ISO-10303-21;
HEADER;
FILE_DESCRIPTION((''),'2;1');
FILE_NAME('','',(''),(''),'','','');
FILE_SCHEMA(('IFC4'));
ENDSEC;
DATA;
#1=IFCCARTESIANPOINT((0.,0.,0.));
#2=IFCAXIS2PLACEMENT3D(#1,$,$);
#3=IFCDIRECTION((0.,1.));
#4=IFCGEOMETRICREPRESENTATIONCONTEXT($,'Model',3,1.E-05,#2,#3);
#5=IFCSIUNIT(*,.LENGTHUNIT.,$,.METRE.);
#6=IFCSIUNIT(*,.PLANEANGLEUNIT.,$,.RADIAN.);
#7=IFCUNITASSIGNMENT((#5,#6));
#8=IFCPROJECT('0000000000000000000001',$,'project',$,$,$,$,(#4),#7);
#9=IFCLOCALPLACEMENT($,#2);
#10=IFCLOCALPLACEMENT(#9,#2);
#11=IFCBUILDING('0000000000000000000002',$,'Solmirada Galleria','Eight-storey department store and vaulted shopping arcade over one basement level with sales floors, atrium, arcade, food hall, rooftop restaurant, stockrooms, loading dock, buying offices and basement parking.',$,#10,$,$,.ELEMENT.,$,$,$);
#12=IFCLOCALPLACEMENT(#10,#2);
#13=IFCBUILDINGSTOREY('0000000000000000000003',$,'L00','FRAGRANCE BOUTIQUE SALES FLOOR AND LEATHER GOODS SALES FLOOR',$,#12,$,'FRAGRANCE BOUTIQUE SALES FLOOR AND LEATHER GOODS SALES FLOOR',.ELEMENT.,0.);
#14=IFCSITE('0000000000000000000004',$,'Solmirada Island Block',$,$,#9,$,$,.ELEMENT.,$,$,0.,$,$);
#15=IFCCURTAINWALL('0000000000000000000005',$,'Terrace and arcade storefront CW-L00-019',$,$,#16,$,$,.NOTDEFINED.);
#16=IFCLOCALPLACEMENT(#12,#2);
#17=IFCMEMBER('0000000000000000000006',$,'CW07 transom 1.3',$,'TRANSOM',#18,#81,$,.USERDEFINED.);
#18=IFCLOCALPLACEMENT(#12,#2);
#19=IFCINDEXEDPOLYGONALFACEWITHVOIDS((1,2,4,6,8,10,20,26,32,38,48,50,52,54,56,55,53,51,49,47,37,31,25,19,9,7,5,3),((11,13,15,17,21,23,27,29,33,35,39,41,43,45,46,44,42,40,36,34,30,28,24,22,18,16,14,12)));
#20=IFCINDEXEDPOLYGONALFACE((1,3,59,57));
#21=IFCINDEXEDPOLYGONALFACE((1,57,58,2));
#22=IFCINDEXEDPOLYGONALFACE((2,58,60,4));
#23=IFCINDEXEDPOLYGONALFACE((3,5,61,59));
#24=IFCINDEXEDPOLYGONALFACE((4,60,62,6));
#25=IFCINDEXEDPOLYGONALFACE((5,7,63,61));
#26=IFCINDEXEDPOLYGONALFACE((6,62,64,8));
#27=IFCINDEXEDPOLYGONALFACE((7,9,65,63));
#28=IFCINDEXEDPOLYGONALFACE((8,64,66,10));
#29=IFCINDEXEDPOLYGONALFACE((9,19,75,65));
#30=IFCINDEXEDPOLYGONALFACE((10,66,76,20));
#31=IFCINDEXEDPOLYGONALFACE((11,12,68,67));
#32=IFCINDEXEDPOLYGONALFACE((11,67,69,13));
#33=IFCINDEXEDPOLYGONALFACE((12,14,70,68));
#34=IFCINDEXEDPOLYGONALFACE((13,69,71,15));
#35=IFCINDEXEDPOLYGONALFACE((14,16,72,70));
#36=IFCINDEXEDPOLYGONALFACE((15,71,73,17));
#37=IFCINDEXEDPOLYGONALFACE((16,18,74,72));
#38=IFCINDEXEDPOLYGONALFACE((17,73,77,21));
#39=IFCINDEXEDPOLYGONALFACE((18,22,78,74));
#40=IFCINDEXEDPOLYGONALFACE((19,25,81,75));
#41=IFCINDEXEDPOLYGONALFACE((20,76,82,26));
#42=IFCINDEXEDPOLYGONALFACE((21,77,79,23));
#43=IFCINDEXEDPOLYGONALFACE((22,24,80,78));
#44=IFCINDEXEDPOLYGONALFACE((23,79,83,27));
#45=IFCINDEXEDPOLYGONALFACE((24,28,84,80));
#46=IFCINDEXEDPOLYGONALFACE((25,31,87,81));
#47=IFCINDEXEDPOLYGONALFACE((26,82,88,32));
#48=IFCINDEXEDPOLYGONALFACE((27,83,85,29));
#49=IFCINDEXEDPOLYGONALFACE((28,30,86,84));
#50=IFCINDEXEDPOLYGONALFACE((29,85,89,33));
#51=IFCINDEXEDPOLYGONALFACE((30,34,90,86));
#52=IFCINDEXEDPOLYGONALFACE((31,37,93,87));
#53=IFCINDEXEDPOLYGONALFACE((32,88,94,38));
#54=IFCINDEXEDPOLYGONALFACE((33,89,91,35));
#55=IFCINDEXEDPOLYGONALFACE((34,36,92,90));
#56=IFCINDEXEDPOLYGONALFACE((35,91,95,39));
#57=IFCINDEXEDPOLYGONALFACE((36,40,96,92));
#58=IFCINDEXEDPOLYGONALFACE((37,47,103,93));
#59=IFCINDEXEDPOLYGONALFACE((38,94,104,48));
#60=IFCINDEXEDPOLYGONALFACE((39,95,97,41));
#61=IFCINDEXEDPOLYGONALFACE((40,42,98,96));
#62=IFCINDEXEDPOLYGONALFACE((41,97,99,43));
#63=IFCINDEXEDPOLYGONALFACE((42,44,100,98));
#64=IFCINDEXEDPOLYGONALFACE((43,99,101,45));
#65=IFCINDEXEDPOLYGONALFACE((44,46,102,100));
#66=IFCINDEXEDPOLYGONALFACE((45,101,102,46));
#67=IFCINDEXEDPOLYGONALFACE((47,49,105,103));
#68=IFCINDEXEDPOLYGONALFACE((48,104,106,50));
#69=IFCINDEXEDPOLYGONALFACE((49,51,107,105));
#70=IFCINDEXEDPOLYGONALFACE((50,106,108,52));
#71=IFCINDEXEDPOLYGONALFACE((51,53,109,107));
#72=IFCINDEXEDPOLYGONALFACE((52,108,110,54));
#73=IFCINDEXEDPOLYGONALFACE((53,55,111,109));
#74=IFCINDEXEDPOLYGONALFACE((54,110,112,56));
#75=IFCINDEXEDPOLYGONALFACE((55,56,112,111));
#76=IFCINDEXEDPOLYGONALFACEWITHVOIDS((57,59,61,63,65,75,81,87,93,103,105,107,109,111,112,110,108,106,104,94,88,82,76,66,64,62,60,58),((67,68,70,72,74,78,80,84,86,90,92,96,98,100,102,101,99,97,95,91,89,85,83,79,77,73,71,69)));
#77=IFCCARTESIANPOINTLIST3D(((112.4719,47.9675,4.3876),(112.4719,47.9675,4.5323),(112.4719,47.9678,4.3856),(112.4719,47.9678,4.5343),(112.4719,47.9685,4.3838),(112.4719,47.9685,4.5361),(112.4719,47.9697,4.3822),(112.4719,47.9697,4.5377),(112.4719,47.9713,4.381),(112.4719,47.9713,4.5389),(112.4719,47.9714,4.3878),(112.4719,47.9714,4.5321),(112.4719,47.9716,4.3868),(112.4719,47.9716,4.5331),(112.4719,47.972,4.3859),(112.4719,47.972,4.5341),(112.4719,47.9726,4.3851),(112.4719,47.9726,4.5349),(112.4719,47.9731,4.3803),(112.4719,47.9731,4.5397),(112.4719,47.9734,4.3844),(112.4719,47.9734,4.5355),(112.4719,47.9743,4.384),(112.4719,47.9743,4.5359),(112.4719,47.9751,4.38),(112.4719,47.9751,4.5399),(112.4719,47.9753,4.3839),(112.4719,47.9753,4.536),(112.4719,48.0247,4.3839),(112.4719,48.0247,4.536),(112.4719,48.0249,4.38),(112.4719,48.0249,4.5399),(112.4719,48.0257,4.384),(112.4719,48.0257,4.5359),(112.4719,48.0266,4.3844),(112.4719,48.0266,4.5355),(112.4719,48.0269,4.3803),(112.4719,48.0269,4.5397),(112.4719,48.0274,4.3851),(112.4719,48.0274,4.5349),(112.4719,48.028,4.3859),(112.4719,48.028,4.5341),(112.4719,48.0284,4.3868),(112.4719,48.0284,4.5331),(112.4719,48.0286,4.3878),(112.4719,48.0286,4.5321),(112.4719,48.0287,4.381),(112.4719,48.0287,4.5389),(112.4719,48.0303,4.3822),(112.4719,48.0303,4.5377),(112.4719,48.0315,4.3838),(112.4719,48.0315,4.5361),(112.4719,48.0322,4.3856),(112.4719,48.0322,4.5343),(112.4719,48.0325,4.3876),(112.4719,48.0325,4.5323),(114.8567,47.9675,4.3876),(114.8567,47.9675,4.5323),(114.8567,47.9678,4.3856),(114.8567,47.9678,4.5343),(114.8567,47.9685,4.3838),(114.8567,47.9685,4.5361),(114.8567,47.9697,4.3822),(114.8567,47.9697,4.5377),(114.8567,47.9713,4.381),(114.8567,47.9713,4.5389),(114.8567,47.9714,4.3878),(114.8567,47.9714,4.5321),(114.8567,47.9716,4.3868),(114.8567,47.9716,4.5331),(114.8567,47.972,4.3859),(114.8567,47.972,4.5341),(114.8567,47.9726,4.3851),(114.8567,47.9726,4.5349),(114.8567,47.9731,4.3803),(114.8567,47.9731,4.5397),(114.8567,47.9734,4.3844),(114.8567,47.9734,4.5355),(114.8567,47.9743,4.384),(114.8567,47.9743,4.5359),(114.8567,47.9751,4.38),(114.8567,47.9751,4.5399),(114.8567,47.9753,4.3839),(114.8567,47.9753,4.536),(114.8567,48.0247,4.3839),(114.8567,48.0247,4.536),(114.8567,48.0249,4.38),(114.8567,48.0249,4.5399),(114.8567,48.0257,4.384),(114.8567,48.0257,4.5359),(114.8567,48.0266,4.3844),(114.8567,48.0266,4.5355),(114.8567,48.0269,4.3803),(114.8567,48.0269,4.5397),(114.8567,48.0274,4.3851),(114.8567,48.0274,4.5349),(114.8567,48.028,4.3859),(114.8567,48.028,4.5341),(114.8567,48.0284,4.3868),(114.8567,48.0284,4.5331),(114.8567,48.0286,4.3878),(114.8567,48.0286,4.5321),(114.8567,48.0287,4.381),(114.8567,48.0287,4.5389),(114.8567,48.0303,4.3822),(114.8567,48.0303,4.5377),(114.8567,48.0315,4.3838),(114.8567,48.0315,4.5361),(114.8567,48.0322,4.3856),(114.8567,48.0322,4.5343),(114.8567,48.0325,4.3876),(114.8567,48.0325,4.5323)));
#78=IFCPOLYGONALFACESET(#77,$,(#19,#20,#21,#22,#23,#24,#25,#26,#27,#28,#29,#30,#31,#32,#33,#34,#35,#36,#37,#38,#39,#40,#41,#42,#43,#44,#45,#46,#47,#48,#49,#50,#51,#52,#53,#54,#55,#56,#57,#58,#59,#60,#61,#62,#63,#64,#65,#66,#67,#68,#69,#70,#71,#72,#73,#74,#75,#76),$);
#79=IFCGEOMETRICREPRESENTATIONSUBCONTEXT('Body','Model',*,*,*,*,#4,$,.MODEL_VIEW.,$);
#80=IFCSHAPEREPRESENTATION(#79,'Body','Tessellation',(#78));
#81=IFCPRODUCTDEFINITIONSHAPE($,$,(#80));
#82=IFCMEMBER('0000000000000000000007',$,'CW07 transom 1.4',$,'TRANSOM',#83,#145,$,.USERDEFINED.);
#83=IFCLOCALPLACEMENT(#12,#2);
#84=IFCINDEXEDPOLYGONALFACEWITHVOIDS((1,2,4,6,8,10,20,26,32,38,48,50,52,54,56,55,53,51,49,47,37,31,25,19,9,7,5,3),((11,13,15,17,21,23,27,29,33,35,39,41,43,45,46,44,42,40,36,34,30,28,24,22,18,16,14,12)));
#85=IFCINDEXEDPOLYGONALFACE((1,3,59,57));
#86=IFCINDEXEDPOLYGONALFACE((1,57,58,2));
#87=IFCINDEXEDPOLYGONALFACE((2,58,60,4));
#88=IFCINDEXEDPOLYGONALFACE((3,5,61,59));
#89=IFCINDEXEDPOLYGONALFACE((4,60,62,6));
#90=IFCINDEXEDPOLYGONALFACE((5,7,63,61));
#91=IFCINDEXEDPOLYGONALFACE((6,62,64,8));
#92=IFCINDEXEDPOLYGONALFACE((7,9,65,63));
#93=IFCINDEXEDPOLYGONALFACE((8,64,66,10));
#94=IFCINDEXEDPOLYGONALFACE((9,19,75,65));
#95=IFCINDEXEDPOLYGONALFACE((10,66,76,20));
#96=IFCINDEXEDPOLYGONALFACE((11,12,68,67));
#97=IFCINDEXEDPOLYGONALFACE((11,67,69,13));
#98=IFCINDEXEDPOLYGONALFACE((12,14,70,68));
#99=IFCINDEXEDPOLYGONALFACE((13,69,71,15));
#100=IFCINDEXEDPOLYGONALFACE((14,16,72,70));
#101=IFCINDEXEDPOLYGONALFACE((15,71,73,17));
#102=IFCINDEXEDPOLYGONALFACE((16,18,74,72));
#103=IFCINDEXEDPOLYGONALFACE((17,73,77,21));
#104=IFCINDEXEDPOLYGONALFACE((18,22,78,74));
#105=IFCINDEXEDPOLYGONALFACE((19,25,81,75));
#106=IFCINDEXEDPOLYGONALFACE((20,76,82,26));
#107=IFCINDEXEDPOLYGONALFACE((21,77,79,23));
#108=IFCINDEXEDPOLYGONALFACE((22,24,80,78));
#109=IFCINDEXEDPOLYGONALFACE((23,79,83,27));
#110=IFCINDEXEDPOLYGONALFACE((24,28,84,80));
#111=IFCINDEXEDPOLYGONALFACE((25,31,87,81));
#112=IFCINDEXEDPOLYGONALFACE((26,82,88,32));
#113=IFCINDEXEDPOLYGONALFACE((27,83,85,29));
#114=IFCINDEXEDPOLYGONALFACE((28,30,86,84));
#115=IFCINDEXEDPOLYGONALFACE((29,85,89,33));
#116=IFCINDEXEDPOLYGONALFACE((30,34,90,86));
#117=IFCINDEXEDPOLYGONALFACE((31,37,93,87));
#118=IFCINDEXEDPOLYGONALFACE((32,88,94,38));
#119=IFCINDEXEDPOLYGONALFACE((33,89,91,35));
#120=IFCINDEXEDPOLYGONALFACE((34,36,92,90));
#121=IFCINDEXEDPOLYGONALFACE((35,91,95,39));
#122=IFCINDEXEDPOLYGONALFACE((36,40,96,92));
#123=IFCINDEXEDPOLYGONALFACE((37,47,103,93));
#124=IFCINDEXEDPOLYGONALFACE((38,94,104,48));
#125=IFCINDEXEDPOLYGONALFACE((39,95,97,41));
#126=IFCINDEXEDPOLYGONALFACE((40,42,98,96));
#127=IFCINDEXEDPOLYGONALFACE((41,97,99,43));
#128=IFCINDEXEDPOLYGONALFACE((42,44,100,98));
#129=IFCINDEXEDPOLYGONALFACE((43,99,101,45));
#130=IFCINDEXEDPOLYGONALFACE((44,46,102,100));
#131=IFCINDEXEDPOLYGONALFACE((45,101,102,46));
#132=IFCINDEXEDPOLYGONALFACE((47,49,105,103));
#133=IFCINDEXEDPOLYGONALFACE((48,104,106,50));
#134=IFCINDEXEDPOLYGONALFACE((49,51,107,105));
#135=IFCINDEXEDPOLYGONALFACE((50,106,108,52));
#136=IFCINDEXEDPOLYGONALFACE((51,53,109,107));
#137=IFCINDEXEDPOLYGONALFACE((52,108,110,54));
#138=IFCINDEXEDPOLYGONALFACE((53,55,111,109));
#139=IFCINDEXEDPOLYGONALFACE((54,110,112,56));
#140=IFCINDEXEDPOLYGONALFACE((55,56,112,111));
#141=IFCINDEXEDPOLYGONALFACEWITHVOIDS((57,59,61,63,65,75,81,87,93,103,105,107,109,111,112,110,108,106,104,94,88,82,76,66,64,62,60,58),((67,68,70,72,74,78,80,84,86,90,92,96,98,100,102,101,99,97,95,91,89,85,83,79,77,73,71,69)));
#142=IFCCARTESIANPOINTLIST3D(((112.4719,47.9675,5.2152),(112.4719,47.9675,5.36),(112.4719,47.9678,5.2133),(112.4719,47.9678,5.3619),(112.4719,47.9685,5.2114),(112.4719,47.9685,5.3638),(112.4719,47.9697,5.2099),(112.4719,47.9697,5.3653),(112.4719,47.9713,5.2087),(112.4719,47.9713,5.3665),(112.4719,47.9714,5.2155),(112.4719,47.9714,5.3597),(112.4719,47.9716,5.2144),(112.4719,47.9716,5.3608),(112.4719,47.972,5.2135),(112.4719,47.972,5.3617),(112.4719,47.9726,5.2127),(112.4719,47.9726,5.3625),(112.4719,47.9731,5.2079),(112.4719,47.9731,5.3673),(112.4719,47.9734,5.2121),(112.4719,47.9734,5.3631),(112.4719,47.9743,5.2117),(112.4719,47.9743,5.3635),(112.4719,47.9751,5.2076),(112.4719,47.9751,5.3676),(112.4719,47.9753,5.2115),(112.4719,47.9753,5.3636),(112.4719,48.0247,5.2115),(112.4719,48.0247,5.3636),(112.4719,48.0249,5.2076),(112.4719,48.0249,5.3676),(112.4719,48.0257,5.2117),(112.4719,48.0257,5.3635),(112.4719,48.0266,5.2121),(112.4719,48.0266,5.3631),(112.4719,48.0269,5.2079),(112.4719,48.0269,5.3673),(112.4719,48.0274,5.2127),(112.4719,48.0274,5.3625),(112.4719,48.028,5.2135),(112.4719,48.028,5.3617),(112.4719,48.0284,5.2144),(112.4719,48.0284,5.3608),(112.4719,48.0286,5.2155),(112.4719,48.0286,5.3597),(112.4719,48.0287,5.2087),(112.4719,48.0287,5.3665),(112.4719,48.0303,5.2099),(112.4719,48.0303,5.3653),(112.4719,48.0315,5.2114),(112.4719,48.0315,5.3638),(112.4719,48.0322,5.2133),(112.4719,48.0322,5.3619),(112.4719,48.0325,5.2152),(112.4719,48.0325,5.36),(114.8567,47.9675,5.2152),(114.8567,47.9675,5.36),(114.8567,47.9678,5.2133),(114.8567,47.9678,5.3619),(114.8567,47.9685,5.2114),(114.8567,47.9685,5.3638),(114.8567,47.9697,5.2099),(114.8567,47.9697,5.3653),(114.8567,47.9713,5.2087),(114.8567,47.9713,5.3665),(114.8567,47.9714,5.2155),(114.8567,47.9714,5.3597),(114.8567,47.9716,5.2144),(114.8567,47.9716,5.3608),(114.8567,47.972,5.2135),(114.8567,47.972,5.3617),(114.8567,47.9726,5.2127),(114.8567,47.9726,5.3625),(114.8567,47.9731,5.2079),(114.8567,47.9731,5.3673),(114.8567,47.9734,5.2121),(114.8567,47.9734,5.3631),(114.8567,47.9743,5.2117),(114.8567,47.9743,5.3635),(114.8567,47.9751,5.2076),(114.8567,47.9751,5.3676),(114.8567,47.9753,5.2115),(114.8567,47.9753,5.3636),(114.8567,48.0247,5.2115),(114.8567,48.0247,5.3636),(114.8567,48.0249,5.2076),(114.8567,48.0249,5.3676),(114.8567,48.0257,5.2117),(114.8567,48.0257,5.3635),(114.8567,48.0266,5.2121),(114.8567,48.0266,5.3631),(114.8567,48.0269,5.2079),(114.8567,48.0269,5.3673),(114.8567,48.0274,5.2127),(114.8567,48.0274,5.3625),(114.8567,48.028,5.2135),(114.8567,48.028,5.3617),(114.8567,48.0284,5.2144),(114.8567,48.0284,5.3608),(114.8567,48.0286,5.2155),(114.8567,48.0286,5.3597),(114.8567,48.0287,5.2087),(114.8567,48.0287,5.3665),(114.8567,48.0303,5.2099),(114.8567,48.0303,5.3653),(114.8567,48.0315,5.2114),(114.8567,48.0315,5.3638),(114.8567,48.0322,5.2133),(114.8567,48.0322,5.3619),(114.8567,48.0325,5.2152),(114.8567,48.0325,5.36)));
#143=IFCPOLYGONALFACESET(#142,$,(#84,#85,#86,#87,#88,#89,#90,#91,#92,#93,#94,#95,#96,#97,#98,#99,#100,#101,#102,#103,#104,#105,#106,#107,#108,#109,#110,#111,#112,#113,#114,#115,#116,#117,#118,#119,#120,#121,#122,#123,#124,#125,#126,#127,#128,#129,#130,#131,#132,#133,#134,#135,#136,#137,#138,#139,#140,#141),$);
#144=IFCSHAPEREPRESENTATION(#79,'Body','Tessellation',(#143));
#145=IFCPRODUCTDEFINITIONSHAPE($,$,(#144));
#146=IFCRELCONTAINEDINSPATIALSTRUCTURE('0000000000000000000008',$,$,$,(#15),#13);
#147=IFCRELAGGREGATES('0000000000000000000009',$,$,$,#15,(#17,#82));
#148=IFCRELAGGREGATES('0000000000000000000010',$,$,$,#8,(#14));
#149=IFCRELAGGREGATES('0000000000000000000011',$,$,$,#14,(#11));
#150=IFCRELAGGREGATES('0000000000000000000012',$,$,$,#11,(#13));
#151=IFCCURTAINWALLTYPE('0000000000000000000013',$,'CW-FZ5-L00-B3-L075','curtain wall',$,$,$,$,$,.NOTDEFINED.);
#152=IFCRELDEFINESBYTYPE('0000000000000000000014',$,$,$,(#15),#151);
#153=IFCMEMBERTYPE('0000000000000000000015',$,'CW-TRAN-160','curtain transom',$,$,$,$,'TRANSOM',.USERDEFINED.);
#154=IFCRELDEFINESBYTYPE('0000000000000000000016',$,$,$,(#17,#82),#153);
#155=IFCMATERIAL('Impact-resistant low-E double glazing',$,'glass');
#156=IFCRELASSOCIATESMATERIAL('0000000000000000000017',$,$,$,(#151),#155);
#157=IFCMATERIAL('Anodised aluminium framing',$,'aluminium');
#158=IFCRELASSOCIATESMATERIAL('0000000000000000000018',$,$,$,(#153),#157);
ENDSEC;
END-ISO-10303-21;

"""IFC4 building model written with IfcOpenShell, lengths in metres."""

from ifc_helpers import new_model, si_unit, direction, frame, origin, origin_2d, place, context, subcontext, project, spatial, hollow_rectangle, extrude, material, material_profile, profile_set, type_object, element, aggregate, save


model = new_model("IFC4")

# Units and contexts
model_context = context("Model", 3, precision=1e-05, world=origin(), true_north=direction((0.0, 1.0)))
body_context = subcontext(model_context, "Body", "Model", "MODEL_VIEW")
ifc_project = project(units=[si_unit("LENGTHUNIT", "METRE"), si_unit("PLANEANGLEUNIT", "RADIAN")], contexts=[model_context])

# Site, building, storey
site_placement = place(None, origin())
site = spatial("IfcSite", under=ifc_project, at=site_placement, Name="Solmirada Island Block", CompositionType="ELEMENT", RefElevation=0.0)
building_placement = place(site_placement, origin())
building = spatial("IfcBuilding", under=site, at=building_placement, Name="Solmirada Galleria", Description="Eight-storey department store and vaulted shopping arcade over one basement level with sales floors, atrium, arcade, food hall, rooftop restaurant, stockrooms, loading dock, buying offices and basement parking.", CompositionType="ELEMENT")
storey_placement = place(building_placement, origin())
storey = spatial("IfcBuildingStorey", under=building, at=storey_placement, Name="L00", Description="FRAGRANCE BOUTIQUE SALES FLOOR AND LEATHER GOODS SALES FLOOR", LongName="FRAGRANCE BOUTIQUE SALES FLOOR AND LEATHER GOODS SALES FLOOR", CompositionType="ELEMENT", Elevation=0.0)

# Curtain wall, members
ifc_material_1 = material(Name="Impact-resistant low-E double glazing", Category="glass")
curtain_wall_type = type_object("IfcCurtainWallType", Name="CW-FZ5-L00-B3-L075", Description="curtain wall", PredefinedType="NOTDEFINED", material=ifc_material_1)
curtain_wall_placement = place(storey_placement, origin())
curtain_wall = element("IfcCurtainWall", 1, at=curtain_wall_placement, inside=storey, type_object=curtain_wall_type, Name="Terrace and arcade storefront CW-L00-019", PredefinedType="NOTDEFINED")
ifc_material_2 = material(Name="Anodised aluminium framing", Category="aluminium")
ifc_material_profile_1 = material_profile(ifc_material_2, hollow_rectangle(XDim=0.0649, YDim=0.1599, WallThickness=0.0039, InnerFilletRadius=0.0039, OuterFilletRadius=0.0076, at=origin_2d()), Name="ALU-TRAN-160X65")
ifc_profile_set_1 = profile_set([ifc_material_profile_1], Name="Anodised aluminium framing")
member_type_1 = type_object("IfcMemberType", Name="CW-TRAN-160", Description="curtain transom", ElementType="TRANSOM", PredefinedType="USERDEFINED", material=ifc_profile_set_1)
member_1_placement = place(storey_placement, frame((112.4719, 48.0, 4.46), z_axis=(1.0, 0.0, 0.0), x_axis=(0.0, 1.0, 0.0)))
member_1 = element("IfcMember", 2, at=member_1_placement, type_object=member_type_1, Name="CW07 transom 1.3", ObjectType="TRANSOM", PredefinedType="USERDEFINED", context=body_context, shape_type="SweptSolid", body=[
    extrude(hollow_rectangle(XDim=0.0649, YDim=0.1599, WallThickness=0.0039, InnerFilletRadius=0.0039, OuterFilletRadius=0.0076, at=origin_2d()), origin(), (0.0, 0.0, 1.0), 2.3848),
])
member_2_placement = place(storey_placement, frame((112.4719, 48.0, 5.2876), z_axis=(1.0, 0.0, 0.0), x_axis=(0.0, 1.0, 0.0)))
member_2 = element("IfcMember", 3, at=member_2_placement, type_object=member_type_1, Name="CW07 transom 1.4", ObjectType="TRANSOM", PredefinedType="USERDEFINED", context=body_context, shape_type="SweptSolid", body=[
    extrude(hollow_rectangle(XDim=0.0649, YDim=0.1599, WallThickness=0.0039, InnerFilletRadius=0.0039, OuterFilletRadius=0.0076, at=origin_2d()), origin(), (0.0, 0.0, 1.0), 2.3848),
])
aggregate(curtain_wall, [member_1, member_2])

save(model, "model.ifc")
